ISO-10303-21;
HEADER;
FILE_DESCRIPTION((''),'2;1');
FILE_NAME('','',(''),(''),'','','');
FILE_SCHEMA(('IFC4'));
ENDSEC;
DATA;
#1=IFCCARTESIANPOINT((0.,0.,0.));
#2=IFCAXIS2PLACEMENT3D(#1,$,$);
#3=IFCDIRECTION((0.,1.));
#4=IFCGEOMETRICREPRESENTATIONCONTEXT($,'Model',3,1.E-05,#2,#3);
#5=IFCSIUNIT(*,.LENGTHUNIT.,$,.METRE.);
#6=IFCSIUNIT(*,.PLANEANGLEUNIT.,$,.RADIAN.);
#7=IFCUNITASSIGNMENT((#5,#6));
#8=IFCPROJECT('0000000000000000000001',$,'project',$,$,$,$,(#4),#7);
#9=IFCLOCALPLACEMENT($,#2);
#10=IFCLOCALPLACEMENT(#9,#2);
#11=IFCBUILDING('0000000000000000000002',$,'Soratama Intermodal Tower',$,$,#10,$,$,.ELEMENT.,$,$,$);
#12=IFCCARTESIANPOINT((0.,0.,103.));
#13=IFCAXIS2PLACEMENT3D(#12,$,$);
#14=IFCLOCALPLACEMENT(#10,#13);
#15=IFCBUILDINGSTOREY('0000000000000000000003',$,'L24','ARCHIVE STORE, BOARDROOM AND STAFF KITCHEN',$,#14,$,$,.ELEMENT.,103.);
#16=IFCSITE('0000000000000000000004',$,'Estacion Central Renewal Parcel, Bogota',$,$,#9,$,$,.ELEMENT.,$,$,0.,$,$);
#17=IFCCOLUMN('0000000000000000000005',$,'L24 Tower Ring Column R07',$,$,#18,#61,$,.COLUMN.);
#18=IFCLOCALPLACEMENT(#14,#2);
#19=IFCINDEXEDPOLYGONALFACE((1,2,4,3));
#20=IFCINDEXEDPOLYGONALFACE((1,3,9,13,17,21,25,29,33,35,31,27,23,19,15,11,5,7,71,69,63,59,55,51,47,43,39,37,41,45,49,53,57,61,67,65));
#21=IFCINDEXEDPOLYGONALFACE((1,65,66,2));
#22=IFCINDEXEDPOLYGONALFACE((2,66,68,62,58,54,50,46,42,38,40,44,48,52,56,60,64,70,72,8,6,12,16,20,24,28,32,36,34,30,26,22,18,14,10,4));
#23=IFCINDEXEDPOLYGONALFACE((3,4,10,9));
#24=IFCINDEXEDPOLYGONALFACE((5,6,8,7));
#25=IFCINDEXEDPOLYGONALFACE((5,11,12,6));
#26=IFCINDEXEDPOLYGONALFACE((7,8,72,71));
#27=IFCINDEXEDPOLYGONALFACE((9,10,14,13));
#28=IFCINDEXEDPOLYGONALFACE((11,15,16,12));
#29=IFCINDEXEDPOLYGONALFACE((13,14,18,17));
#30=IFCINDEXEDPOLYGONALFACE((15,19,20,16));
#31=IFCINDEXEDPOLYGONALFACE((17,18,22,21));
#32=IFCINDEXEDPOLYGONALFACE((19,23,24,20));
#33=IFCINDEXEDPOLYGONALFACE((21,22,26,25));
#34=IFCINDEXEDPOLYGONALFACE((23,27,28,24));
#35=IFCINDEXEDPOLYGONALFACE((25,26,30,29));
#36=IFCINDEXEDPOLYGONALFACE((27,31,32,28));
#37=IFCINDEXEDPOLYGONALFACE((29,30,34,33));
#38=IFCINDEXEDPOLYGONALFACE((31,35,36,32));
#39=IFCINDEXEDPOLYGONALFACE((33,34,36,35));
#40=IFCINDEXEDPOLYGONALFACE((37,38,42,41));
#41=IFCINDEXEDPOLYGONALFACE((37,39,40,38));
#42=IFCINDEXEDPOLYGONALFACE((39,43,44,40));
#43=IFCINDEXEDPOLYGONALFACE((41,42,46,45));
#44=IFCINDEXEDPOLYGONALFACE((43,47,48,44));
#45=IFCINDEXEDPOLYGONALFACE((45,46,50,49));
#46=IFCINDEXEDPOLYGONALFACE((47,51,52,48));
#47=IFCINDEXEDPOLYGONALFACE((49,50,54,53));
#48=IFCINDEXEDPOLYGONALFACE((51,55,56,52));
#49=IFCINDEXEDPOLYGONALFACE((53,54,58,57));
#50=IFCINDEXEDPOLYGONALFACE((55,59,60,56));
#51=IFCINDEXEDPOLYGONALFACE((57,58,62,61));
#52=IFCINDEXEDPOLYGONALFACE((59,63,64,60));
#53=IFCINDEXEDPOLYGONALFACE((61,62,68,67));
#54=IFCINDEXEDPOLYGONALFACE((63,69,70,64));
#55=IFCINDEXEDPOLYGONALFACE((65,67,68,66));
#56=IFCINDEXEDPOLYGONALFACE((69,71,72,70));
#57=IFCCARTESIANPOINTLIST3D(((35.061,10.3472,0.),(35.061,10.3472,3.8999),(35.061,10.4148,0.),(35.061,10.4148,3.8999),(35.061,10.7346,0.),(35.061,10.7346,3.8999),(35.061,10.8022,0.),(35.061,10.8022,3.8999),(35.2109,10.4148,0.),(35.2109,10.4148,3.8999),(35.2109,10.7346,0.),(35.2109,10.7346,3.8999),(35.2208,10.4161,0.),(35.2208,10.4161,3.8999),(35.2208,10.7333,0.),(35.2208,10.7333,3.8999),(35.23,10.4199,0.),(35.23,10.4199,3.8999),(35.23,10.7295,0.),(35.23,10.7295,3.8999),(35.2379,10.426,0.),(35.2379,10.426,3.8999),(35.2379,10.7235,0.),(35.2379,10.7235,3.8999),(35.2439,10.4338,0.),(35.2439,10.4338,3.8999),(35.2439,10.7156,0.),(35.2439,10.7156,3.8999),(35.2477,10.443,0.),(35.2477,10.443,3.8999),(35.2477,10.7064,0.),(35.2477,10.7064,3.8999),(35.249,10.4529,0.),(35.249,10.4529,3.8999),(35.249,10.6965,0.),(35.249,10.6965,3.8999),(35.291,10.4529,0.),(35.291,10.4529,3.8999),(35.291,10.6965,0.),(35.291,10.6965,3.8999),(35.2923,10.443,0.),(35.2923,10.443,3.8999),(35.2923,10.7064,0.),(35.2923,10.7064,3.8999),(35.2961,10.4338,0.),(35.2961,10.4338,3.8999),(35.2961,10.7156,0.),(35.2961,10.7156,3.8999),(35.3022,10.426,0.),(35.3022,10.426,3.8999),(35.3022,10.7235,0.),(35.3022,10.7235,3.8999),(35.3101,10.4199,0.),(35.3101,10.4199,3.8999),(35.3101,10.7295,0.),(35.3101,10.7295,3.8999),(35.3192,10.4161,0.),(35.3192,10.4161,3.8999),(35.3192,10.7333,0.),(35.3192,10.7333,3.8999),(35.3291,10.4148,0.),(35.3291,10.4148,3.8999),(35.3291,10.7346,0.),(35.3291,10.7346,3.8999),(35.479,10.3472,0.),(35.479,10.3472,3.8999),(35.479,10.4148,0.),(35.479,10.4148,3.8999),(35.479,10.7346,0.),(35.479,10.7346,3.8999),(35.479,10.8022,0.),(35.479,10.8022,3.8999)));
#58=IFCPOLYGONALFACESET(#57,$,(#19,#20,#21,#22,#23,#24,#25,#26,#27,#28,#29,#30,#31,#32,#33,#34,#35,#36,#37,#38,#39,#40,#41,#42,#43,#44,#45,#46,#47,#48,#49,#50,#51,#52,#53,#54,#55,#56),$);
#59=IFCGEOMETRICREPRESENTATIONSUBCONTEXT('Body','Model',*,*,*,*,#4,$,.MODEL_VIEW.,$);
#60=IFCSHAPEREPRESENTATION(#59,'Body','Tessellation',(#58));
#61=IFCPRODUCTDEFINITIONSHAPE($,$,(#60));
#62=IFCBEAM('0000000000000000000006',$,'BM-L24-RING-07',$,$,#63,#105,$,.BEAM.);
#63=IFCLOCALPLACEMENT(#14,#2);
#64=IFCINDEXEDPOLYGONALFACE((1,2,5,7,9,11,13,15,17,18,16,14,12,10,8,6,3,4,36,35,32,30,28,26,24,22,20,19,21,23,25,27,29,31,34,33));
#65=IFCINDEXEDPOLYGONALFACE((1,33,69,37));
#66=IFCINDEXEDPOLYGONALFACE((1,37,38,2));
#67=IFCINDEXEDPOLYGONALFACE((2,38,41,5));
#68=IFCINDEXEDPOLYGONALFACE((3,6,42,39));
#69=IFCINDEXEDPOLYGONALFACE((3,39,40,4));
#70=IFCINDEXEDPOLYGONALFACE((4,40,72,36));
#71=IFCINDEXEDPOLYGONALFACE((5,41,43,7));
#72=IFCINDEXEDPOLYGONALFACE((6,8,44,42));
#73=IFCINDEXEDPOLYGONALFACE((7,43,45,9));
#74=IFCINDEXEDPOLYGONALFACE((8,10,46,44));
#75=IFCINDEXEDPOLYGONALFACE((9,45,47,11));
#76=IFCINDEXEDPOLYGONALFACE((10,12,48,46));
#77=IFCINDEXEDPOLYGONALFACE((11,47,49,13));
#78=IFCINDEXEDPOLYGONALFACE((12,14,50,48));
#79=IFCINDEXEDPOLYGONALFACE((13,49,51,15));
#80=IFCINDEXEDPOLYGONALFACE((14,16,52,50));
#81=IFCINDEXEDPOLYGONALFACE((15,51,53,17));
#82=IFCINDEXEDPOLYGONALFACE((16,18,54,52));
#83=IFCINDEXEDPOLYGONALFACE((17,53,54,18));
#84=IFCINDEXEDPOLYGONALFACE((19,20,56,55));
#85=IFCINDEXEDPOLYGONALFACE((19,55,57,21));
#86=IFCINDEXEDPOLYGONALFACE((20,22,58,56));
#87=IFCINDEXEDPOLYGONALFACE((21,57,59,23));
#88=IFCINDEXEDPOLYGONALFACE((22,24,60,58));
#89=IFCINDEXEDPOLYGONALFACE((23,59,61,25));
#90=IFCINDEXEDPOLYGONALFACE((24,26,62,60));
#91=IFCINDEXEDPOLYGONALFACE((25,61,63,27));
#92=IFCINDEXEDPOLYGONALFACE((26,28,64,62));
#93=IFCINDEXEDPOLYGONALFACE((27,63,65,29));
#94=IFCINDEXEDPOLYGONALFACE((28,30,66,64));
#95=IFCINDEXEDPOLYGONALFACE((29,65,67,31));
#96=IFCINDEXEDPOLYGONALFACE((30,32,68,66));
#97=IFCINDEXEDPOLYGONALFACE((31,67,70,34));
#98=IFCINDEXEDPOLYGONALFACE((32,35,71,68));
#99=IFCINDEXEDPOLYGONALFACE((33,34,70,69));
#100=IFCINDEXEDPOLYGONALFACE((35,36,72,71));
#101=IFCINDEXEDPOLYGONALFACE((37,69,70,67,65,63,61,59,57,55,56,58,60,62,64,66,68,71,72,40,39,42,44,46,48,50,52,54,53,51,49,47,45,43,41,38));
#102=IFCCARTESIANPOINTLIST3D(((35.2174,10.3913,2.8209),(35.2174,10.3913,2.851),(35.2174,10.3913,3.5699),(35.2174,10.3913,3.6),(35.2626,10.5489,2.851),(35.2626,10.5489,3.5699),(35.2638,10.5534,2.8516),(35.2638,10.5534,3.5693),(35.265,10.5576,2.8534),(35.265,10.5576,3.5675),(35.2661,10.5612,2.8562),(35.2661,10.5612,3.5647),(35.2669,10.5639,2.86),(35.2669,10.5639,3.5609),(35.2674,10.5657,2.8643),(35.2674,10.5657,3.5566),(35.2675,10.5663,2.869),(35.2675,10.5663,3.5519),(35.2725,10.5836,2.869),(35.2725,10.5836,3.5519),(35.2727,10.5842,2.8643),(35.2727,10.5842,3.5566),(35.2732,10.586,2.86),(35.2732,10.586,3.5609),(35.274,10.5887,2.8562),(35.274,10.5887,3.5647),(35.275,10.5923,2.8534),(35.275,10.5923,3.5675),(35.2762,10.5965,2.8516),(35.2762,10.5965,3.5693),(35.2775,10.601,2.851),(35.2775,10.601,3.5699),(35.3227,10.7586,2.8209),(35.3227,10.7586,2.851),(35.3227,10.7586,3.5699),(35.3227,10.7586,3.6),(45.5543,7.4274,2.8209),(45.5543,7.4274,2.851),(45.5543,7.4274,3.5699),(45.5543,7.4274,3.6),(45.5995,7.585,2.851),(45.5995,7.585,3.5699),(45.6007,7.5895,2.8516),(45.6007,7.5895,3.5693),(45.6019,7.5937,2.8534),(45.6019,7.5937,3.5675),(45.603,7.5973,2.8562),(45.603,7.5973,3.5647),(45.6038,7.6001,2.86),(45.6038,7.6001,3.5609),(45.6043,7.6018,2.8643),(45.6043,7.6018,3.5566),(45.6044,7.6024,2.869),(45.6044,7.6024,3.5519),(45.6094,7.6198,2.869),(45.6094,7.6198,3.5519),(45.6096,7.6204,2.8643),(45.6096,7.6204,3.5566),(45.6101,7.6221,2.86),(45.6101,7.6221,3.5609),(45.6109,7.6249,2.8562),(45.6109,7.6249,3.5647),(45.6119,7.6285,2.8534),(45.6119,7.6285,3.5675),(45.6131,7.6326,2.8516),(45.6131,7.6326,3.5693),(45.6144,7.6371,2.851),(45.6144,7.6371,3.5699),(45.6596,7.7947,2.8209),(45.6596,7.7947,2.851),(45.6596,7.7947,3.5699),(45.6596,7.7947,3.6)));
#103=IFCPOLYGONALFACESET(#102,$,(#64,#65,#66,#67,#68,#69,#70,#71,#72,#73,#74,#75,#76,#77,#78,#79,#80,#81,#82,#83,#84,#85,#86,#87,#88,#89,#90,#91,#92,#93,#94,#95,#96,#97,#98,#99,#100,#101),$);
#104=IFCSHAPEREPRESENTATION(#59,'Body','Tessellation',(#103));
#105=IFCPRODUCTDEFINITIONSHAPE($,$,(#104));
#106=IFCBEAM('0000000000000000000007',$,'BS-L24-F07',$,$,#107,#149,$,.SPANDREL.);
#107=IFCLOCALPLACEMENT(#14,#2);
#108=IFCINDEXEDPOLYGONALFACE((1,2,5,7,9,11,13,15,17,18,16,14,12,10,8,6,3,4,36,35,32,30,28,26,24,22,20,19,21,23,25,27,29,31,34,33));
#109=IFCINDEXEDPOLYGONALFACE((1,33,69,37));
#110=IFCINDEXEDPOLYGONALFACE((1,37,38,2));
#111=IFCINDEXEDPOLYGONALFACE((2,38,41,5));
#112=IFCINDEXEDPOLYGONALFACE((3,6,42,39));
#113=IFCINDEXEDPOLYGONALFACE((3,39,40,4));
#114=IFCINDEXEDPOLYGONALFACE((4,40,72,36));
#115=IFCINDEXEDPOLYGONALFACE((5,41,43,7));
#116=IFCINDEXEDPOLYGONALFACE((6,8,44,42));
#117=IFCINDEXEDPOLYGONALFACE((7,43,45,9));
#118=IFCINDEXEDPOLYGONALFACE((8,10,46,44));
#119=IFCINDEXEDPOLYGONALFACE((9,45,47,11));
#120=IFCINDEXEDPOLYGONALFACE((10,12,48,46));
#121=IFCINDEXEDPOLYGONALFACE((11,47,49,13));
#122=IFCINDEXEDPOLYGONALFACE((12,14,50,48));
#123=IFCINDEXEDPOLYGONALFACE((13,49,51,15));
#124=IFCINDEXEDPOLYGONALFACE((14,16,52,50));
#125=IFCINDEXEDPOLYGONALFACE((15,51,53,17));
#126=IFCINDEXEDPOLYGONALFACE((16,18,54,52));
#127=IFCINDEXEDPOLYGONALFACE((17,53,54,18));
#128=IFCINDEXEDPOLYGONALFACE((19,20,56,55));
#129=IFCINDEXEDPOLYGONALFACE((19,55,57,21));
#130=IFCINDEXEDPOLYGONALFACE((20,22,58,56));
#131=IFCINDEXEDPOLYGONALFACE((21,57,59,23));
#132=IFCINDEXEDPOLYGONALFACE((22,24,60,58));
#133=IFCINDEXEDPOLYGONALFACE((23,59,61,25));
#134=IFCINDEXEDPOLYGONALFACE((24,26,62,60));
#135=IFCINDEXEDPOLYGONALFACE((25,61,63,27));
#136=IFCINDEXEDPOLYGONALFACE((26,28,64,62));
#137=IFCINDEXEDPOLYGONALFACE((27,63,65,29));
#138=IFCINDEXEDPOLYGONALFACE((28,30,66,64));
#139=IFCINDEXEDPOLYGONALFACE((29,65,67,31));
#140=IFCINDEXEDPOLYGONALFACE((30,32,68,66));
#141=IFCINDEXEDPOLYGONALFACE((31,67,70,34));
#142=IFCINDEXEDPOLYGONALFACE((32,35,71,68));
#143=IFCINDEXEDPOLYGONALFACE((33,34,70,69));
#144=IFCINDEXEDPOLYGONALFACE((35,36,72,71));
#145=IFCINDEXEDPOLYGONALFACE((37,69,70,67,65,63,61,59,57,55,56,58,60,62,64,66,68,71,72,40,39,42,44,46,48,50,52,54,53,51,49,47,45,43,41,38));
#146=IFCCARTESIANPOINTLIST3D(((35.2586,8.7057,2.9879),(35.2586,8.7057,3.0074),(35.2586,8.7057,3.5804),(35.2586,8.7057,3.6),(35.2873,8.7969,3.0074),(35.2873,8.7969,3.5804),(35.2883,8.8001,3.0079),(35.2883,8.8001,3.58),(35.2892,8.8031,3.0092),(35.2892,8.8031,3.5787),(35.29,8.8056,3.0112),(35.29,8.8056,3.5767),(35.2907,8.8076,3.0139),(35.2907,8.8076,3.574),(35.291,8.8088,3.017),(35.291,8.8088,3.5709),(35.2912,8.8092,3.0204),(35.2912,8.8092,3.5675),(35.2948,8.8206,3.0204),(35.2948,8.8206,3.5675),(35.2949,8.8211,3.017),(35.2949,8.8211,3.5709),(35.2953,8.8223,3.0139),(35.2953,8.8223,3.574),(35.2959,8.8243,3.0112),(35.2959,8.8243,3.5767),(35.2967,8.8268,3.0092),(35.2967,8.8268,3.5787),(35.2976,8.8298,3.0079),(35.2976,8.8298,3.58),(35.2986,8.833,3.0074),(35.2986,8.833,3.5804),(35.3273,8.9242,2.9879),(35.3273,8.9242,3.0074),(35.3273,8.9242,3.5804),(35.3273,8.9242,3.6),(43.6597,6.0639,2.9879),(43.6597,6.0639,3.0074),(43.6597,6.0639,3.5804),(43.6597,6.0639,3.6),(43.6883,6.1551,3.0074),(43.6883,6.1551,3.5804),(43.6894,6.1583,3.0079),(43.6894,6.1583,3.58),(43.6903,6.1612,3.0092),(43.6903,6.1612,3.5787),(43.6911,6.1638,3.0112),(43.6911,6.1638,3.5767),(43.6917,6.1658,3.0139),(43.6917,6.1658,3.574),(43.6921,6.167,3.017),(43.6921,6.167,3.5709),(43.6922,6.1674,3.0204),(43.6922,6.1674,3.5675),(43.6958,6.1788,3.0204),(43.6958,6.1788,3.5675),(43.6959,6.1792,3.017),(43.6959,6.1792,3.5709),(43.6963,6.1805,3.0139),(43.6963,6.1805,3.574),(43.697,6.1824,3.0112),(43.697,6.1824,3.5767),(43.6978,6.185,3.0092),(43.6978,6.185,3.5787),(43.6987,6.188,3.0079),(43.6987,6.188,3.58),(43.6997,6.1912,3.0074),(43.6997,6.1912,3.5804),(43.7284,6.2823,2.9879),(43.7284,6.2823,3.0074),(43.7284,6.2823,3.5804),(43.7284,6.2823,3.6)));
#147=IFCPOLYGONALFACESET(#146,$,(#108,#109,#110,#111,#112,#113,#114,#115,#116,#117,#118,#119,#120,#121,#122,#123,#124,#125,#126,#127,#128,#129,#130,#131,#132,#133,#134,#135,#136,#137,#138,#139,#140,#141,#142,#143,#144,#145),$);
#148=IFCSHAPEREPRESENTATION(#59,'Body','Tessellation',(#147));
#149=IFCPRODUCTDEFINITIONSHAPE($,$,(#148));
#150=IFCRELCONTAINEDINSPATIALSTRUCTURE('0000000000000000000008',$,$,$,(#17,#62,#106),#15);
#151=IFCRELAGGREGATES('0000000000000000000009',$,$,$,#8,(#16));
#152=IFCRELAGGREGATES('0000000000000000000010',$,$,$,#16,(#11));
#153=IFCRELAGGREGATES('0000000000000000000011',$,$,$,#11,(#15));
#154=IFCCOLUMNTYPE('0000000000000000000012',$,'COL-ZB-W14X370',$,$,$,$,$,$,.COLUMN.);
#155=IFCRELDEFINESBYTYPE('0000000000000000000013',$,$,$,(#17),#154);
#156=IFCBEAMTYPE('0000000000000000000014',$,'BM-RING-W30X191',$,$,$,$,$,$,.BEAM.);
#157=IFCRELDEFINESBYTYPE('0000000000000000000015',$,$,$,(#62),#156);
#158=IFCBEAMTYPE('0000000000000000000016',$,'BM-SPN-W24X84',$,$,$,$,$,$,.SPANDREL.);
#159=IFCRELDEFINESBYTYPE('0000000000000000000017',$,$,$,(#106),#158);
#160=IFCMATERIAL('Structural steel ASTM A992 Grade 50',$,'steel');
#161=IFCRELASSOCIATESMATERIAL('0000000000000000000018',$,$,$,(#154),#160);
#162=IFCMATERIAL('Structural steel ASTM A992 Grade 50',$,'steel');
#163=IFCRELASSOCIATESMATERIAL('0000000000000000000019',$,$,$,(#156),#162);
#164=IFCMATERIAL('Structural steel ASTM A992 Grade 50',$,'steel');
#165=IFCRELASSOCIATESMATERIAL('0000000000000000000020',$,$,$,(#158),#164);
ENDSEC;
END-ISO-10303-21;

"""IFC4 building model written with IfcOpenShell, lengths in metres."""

from ifc_helpers import new_model, si_unit, direction, frame, origin, origin_2d, place, context, subcontext, project, spatial, i_section, extrude, material, material_profile, profile_set, type_object, element, save


model = new_model("IFC4")

# Units and contexts
model_context = context("Model", 3, precision=1e-05, world=origin(), true_north=direction((0.0, 1.0)))
body_context = subcontext(model_context, "Body", "Model", "MODEL_VIEW")
ifc_project = project(units=[si_unit("LENGTHUNIT", "METRE"), si_unit("PLANEANGLEUNIT", "RADIAN")], contexts=[model_context])

# Site, building, storey
site_placement = place(None, origin())
site = spatial("IfcSite", under=ifc_project, at=site_placement, Name="Estacion Central Renewal Parcel, Bogota", CompositionType="ELEMENT", RefElevation=0.0)
building_placement = place(site_placement, origin())
building = spatial("IfcBuilding", under=site, at=building_placement, Name="Soratama Intermodal Tower", CompositionType="ELEMENT")
storey_placement = place(building_placement, frame((0.0, 0.0, 103.0)))
storey = spatial("IfcBuildingStorey", under=building, at=storey_placement, Name="L24", Description="ARCHIVE STORE, BOARDROOM AND STAFF KITCHEN", CompositionType="ELEMENT", Elevation=103.0)

# Column
ifc_material_1 = material(Name="Structural steel ASTM A992 Grade 50", Category="steel")
ifc_material_profile_1 = material_profile(ifc_material_1, i_section(OverallWidth=0.418, OverallDepth=0.4551, WebThickness=0.042, FlangeThickness=0.0676, FilletRadius=0.0381, at=origin_2d()), Name="W14X370")
ifc_profile_set_1 = profile_set([ifc_material_profile_1], Name="Structural steel ASTM A992 Grade 50")
column_type = type_object("IfcColumnType", Name="COL-ZB-W14X370", PredefinedType="COLUMN", material=ifc_profile_set_1)
column_placement = place(storey_placement, frame((35.27, 10.5747, 0.0), z_axis=(0.0, 0.0, 1.0), x_axis=(1.0, 0.0, 0.0)))
element("IfcColumn", 1, at=column_placement, inside=storey, type_object=column_type, Name="L24 Tower Ring Column R07", PredefinedType="COLUMN", context=body_context, shape_type="SweptSolid", body=[
    extrude(i_section(OverallWidth=0.418, OverallDepth=0.4551, WebThickness=0.042, FlangeThickness=0.0676, FilletRadius=0.0381, at=origin_2d()), origin(), (0.0, 0.0, 1.0), 3.8999),
])

# Beams
ifc_material_2 = material(Name="Structural steel ASTM A992 Grade 50", Category="steel")
ifc_material_profile_2 = material_profile(ifc_material_2, i_section(OverallWidth=0.3821, OverallDepth=0.7791, WebThickness=0.0181, FlangeThickness=0.03, FilletRadius=0.0181, at=origin_2d()), Name="W30X191")
ifc_profile_set_2 = profile_set([ifc_material_profile_2], Name="Structural steel ASTM A992 Grade 50")
beam_type_1 = type_object("IfcBeamType", Name="BM-RING-W30X191", PredefinedType="BEAM", material=ifc_profile_set_2)
beam_1_placement = place(storey_placement, frame((35.27, 10.575, 3.2104), z_axis=(0.961267, -0.275621, 0.0), x_axis=(0.275621, 0.961267, 0.0)))
element("IfcBeam", 2, at=beam_1_placement, inside=storey, type_object=beam_type_1, Name="BM-L24-RING-07", PredefinedType="BEAM", context=body_context, shape_type="SweptSolid", body=[
    extrude(i_section(OverallWidth=0.3821, OverallDepth=0.7791, WebThickness=0.0181, FlangeThickness=0.03, FilletRadius=0.0181, at=origin_2d()), origin(), (0.0, 0.0, 1.0), 10.7534),
])
ifc_material_3 = material(Name="Structural steel ASTM A992 Grade 50", Category="steel")
ifc_material_profile_3 = material_profile(ifc_material_3, i_section(OverallWidth=0.229, OverallDepth=0.6121, WebThickness=0.012, FlangeThickness=0.0195, FilletRadius=0.0129, at=origin_2d()), Name="W24X84")
ifc_profile_set_3 = profile_set([ifc_material_profile_3], Name="Structural steel ASTM A992 Grade 50")
beam_type_2 = type_object("IfcBeamType", Name="BM-SPN-W24X84", PredefinedType="SPANDREL", material=ifc_profile_set_3)
beam_2_placement = place(storey_placement, frame((35.293, 8.8149, 3.2939), z_axis=(0.953945, -0.299981, 0.0), x_axis=(0.299981, 0.953945, 0.0)))
element("IfcBeam", 3, at=beam_2_placement, inside=storey, type_object=beam_type_2, Name="BS-L24-F07", PredefinedType="SPANDREL", context=body_context, shape_type="SweptSolid", body=[
    extrude(i_section(OverallWidth=0.229, OverallDepth=0.6121, WebThickness=0.012, FlangeThickness=0.0195, FilletRadius=0.0129, at=origin_2d()), origin(), (0.0, 0.0, 1.0), 8.8066),
])

save(model, "model.ifc")
